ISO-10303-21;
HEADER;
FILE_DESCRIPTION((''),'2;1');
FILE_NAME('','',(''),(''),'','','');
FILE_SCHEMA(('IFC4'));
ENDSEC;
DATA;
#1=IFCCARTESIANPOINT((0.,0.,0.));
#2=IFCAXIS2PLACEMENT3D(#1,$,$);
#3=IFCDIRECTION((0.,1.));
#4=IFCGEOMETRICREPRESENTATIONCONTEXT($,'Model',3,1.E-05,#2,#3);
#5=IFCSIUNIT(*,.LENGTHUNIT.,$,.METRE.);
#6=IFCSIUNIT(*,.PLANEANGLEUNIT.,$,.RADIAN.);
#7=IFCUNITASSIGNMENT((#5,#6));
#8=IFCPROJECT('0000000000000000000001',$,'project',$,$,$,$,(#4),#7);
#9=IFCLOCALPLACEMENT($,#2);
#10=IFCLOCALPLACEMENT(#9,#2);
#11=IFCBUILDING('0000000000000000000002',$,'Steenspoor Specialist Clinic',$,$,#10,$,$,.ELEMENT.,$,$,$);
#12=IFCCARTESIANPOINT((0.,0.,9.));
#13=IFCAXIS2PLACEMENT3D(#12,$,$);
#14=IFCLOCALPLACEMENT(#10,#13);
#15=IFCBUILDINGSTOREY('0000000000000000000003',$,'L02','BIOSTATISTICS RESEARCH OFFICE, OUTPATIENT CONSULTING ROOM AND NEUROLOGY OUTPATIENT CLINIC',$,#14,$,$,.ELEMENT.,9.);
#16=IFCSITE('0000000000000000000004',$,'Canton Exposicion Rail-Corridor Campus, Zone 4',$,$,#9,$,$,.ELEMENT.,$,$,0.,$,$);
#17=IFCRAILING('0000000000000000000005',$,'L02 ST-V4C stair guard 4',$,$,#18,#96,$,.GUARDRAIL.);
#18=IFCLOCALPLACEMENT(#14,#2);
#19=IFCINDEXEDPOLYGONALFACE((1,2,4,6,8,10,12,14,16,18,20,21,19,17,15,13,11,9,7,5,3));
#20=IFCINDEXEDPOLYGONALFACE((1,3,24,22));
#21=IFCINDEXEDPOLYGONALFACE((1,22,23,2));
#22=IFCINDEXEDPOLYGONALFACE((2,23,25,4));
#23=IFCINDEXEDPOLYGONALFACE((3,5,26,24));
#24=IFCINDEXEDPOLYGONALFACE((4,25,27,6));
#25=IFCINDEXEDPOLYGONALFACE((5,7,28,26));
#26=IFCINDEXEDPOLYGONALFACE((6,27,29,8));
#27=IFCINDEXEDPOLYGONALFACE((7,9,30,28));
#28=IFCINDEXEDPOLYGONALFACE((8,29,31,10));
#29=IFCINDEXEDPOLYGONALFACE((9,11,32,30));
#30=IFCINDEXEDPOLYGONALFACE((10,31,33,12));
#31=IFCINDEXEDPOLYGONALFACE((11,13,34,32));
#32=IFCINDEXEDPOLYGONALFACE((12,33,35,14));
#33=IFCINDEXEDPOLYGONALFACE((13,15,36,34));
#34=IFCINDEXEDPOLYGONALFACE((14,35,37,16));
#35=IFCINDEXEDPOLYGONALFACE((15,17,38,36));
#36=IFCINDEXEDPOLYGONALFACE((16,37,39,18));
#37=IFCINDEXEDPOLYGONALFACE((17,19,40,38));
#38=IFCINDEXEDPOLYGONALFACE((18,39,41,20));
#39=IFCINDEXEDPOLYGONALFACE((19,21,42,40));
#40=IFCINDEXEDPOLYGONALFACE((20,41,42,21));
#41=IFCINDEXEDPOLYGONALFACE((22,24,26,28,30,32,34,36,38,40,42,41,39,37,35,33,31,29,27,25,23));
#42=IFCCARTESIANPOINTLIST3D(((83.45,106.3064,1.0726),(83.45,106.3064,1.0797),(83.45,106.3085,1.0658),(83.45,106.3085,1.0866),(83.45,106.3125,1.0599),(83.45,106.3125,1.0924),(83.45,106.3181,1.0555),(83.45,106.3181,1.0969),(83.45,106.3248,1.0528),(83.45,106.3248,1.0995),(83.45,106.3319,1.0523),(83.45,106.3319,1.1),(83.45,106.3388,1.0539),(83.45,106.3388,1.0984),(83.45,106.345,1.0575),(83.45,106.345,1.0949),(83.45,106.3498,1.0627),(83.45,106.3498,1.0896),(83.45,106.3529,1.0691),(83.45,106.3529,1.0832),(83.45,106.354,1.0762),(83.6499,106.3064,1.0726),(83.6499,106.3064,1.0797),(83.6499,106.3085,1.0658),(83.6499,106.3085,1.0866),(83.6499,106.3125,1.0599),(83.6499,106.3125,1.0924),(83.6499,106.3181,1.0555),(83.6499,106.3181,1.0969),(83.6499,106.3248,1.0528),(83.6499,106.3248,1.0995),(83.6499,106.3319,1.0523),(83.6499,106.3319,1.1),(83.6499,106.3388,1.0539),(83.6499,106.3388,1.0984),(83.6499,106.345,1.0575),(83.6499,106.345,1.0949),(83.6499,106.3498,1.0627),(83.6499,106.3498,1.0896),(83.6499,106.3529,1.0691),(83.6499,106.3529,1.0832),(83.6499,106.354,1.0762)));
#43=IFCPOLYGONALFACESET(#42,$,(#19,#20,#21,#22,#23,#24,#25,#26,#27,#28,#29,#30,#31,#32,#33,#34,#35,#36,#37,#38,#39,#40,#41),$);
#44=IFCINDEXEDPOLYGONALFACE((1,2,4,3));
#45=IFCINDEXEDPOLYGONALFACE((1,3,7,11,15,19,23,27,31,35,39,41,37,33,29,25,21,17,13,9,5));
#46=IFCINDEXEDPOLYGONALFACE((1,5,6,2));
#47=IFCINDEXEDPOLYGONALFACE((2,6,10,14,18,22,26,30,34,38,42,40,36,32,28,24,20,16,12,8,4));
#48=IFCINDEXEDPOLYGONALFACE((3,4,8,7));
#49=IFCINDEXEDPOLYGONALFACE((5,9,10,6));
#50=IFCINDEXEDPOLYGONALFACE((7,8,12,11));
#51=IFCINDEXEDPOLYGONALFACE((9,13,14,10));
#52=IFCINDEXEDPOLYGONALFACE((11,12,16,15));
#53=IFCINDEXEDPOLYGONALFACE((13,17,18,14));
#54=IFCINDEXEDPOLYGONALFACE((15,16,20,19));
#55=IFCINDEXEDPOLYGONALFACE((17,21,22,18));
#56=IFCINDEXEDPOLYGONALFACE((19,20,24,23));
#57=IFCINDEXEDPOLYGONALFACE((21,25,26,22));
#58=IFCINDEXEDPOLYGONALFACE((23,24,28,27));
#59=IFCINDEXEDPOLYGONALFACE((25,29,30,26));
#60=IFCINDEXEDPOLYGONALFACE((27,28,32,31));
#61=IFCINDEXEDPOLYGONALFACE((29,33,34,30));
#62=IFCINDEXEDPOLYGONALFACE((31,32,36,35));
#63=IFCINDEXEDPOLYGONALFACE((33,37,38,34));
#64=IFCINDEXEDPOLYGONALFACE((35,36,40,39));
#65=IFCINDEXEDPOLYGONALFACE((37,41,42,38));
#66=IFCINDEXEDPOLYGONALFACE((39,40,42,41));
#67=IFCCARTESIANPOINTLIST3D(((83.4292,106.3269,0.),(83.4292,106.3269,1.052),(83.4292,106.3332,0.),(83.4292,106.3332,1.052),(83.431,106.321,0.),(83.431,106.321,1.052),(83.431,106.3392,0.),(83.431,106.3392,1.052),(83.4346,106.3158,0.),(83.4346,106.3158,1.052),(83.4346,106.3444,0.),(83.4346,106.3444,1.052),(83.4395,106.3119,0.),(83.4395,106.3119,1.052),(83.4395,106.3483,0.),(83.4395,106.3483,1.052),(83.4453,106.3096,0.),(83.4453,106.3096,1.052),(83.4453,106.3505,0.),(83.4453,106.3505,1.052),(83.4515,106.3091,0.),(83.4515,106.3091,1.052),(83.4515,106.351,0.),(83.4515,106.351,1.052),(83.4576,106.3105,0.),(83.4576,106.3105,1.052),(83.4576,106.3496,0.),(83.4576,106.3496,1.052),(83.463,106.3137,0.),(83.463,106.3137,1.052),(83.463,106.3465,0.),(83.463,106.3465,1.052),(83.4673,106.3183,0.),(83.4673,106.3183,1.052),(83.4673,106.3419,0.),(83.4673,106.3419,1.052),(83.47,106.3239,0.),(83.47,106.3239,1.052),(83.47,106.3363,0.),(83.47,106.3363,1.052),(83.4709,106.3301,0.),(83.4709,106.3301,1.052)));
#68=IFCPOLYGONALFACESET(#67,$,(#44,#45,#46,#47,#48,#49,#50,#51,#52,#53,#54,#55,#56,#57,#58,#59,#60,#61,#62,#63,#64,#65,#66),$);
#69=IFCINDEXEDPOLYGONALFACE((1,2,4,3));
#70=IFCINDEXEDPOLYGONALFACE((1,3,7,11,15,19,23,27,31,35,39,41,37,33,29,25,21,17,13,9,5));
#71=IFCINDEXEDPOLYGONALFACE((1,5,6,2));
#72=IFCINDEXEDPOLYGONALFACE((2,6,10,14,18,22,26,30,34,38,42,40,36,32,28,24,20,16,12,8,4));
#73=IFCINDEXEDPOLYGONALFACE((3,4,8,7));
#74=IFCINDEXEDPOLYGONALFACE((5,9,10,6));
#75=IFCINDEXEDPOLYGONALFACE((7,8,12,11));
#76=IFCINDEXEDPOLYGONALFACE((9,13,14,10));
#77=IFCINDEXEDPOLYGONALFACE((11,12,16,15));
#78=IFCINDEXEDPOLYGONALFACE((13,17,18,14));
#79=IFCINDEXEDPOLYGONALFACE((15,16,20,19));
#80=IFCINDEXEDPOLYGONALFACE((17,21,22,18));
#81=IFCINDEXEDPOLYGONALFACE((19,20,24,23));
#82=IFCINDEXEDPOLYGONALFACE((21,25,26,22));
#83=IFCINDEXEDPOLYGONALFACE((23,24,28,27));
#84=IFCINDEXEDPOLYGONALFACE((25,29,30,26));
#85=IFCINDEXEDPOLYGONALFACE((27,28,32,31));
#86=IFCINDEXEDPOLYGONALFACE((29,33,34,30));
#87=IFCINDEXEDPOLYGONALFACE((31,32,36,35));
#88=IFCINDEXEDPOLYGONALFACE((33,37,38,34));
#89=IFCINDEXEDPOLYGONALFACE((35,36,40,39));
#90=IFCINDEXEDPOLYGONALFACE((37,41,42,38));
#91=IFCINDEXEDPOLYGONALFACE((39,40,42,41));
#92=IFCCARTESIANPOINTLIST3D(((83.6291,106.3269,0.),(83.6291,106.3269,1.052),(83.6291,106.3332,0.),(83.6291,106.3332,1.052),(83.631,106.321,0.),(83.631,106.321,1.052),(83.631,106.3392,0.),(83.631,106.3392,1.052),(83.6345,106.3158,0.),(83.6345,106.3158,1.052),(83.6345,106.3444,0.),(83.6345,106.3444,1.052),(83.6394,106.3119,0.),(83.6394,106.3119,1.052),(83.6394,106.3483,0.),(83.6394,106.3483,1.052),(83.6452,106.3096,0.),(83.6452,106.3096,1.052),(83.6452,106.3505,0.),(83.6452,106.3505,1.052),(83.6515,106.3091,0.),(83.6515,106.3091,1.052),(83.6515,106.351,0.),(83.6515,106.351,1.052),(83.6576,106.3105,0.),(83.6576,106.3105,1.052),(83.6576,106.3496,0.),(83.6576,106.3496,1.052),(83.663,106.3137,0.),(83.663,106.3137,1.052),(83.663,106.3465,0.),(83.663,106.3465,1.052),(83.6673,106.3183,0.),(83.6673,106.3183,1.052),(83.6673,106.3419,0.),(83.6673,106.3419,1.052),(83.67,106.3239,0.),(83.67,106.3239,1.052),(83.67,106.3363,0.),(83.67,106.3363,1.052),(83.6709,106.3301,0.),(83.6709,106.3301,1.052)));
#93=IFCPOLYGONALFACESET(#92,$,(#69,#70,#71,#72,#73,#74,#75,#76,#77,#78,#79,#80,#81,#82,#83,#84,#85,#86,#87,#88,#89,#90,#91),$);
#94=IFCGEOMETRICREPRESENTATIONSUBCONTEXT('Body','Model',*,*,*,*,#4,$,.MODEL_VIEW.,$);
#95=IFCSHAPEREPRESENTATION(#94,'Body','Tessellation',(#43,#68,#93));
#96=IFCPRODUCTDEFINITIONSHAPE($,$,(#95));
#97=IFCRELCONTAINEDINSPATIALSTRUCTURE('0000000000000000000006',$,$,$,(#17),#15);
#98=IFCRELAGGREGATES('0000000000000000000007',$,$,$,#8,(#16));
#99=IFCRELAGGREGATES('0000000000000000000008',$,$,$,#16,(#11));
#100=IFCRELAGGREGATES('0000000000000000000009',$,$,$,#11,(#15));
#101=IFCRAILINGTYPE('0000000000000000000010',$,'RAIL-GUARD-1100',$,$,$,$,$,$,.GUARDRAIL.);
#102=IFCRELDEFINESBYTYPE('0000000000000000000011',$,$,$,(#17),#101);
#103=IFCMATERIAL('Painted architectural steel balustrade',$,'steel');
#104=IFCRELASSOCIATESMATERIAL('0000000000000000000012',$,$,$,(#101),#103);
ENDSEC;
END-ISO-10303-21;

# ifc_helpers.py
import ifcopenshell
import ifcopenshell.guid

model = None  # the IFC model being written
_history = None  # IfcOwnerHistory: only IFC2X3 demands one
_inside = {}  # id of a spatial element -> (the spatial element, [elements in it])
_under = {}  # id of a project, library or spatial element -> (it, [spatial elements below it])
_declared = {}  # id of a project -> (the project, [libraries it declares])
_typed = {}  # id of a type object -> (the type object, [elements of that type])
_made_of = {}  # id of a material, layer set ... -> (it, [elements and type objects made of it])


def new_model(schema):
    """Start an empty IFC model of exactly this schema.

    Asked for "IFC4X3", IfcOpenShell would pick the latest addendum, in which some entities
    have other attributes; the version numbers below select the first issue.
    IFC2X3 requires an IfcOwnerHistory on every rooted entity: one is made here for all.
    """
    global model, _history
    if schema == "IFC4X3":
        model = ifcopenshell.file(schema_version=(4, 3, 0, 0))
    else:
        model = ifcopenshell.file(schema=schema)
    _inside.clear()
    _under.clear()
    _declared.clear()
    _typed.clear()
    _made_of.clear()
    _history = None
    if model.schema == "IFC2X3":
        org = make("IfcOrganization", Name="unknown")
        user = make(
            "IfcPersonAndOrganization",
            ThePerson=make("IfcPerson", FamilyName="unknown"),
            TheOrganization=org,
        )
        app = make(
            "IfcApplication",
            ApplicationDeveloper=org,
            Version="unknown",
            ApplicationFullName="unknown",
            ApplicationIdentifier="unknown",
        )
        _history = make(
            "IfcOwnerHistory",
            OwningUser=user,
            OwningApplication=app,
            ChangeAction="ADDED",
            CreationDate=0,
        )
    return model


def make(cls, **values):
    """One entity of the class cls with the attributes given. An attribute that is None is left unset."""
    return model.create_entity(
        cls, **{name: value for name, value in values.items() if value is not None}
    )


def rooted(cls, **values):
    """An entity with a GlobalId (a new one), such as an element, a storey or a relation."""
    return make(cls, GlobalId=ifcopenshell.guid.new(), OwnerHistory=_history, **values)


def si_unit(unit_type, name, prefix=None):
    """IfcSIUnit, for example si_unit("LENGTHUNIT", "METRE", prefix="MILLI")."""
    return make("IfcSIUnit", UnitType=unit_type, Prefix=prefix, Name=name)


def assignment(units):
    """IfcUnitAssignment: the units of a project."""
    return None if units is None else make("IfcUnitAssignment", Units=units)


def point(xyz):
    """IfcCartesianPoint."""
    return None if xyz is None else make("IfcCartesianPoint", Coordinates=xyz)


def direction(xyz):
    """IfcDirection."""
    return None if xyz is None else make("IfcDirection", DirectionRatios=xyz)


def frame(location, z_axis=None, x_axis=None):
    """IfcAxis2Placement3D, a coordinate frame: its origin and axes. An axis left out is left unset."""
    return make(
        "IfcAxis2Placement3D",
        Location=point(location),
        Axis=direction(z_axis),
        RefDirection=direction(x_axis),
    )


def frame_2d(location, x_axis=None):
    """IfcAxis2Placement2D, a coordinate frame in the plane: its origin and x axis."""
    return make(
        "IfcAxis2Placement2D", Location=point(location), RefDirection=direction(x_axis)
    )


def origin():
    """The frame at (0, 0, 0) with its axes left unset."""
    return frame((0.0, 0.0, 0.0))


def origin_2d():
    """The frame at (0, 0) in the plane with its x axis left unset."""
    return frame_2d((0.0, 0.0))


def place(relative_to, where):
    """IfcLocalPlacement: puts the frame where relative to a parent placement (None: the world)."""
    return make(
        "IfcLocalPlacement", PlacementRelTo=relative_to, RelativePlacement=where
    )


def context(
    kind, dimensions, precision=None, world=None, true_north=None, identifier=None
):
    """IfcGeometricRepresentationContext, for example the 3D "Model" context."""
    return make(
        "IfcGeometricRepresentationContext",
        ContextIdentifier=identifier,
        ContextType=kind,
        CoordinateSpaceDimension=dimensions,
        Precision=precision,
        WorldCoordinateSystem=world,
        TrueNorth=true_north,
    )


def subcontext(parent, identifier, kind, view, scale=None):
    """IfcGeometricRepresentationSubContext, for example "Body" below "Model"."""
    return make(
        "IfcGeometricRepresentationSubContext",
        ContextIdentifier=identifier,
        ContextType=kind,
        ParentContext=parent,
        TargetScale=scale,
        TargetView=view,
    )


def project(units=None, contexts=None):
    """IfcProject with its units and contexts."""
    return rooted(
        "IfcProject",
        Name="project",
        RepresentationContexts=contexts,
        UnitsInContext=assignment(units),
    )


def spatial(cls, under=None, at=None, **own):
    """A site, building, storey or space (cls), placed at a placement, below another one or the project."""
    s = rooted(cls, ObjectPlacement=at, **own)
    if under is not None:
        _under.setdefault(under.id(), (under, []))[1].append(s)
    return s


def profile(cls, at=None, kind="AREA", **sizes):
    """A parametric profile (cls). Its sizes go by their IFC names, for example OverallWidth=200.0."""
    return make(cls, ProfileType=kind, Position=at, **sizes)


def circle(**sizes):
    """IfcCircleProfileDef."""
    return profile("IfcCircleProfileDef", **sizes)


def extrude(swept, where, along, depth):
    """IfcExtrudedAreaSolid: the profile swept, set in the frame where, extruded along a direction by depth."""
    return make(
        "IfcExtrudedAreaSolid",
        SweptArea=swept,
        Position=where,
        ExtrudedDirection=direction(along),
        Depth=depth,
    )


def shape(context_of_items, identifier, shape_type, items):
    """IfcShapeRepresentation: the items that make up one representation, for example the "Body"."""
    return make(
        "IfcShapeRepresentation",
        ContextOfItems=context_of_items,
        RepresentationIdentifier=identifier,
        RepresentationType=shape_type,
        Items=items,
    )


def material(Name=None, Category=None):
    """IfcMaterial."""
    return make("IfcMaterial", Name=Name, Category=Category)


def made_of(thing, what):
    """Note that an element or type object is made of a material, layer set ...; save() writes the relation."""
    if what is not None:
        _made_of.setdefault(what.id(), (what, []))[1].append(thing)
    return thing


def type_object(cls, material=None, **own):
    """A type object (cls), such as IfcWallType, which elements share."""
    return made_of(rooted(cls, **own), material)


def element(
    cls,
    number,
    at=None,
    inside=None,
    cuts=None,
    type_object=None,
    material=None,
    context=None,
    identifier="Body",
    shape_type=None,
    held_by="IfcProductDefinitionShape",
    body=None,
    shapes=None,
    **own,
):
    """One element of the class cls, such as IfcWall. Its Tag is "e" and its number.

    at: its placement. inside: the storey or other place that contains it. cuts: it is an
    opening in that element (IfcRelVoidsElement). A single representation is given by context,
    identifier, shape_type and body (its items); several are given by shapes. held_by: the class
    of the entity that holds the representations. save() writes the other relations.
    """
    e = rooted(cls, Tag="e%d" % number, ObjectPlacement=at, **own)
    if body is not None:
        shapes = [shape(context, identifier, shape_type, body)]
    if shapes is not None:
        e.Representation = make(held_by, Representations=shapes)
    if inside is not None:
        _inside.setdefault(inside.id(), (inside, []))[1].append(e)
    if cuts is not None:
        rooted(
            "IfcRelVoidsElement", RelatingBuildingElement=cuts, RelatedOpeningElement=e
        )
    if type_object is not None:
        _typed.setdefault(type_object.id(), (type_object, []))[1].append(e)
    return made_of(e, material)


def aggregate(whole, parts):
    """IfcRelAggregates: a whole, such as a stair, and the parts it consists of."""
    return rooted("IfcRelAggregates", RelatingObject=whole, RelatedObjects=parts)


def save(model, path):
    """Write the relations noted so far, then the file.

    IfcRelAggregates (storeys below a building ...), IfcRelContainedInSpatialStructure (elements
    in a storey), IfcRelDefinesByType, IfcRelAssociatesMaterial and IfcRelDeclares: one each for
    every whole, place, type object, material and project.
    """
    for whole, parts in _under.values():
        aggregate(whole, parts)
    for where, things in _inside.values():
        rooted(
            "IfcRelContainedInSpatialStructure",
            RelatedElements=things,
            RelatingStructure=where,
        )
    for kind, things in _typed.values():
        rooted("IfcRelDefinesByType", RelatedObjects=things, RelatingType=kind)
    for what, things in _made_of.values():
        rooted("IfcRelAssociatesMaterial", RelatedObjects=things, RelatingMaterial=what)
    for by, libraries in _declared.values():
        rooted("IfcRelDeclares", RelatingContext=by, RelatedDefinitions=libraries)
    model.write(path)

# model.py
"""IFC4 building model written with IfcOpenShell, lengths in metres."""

from ifc_helpers import new_model, si_unit, direction, frame, origin, origin_2d, place, context, subcontext, project, spatial, circle, extrude, material, type_object, element, save


model = new_model("IFC4")

# Units and contexts
model_context = context("Model", 3, precision=1e-05, world=origin(), true_north=direction((0.0, 1.0)))
body_context = subcontext(model_context, "Body", "Model", "MODEL_VIEW")
ifc_project = project(units=[si_unit("LENGTHUNIT", "METRE"), si_unit("PLANEANGLEUNIT", "RADIAN")], contexts=[model_context])

# Site, building, storey
site_placement = place(None, origin())
site = spatial("IfcSite", under=ifc_project, at=site_placement, Name="Canton Exposicion Rail-Corridor Campus, Zone 4", CompositionType="ELEMENT", RefElevation=0.0)
building_placement = place(site_placement, origin())
building = spatial("IfcBuilding", under=site, at=building_placement, Name="Steenspoor Specialist Clinic", CompositionType="ELEMENT")
storey_placement = place(building_placement, frame((0.0, 0.0, 9.0)))
storey = spatial("IfcBuildingStorey", under=building, at=storey_placement, Name="L02", Description="BIOSTATISTICS RESEARCH OFFICE, OUTPATIENT CONSULTING ROOM AND NEUROLOGY OUTPATIENT CLINIC", CompositionType="ELEMENT", Elevation=9.0)

# Railing
ifc_material_1 = material(Name="Painted architectural steel balustrade", Category="steel")
railing_type_1 = type_object("IfcRailingType", Name="RAIL-GUARD-1100", PredefinedType="GUARDRAIL", material=ifc_material_1)
railing_1_placement = place(storey_placement, frame((83.45, 106.3301, 0.0)))
element("IfcRailing", 1, at=railing_1_placement, inside=storey, type_object=railing_type_1, Name="L02 ST-V4C stair guard 4", PredefinedType="GUARDRAIL", context=body_context, shape_type="SweptSolid", body=[
    extrude(circle(Radius=0.0239, at=origin_2d()), frame((0.0, 0.0, 1.0762), z_axis=(1.0, 0.0, 0.0), x_axis=(0.0, 1.0, 0.0)), (0.0, 0.0, 1.0), 0.2),
    extrude(circle(Radius=0.021, at=origin_2d()), origin(), (0.0, 0.0, 1.0), 1.052),
    extrude(circle(Radius=0.021, at=origin_2d()), frame((0.2, 0.0, 0.0)), (0.0, 0.0, 1.0), 1.052),
])

save(model, "model.ifc")
